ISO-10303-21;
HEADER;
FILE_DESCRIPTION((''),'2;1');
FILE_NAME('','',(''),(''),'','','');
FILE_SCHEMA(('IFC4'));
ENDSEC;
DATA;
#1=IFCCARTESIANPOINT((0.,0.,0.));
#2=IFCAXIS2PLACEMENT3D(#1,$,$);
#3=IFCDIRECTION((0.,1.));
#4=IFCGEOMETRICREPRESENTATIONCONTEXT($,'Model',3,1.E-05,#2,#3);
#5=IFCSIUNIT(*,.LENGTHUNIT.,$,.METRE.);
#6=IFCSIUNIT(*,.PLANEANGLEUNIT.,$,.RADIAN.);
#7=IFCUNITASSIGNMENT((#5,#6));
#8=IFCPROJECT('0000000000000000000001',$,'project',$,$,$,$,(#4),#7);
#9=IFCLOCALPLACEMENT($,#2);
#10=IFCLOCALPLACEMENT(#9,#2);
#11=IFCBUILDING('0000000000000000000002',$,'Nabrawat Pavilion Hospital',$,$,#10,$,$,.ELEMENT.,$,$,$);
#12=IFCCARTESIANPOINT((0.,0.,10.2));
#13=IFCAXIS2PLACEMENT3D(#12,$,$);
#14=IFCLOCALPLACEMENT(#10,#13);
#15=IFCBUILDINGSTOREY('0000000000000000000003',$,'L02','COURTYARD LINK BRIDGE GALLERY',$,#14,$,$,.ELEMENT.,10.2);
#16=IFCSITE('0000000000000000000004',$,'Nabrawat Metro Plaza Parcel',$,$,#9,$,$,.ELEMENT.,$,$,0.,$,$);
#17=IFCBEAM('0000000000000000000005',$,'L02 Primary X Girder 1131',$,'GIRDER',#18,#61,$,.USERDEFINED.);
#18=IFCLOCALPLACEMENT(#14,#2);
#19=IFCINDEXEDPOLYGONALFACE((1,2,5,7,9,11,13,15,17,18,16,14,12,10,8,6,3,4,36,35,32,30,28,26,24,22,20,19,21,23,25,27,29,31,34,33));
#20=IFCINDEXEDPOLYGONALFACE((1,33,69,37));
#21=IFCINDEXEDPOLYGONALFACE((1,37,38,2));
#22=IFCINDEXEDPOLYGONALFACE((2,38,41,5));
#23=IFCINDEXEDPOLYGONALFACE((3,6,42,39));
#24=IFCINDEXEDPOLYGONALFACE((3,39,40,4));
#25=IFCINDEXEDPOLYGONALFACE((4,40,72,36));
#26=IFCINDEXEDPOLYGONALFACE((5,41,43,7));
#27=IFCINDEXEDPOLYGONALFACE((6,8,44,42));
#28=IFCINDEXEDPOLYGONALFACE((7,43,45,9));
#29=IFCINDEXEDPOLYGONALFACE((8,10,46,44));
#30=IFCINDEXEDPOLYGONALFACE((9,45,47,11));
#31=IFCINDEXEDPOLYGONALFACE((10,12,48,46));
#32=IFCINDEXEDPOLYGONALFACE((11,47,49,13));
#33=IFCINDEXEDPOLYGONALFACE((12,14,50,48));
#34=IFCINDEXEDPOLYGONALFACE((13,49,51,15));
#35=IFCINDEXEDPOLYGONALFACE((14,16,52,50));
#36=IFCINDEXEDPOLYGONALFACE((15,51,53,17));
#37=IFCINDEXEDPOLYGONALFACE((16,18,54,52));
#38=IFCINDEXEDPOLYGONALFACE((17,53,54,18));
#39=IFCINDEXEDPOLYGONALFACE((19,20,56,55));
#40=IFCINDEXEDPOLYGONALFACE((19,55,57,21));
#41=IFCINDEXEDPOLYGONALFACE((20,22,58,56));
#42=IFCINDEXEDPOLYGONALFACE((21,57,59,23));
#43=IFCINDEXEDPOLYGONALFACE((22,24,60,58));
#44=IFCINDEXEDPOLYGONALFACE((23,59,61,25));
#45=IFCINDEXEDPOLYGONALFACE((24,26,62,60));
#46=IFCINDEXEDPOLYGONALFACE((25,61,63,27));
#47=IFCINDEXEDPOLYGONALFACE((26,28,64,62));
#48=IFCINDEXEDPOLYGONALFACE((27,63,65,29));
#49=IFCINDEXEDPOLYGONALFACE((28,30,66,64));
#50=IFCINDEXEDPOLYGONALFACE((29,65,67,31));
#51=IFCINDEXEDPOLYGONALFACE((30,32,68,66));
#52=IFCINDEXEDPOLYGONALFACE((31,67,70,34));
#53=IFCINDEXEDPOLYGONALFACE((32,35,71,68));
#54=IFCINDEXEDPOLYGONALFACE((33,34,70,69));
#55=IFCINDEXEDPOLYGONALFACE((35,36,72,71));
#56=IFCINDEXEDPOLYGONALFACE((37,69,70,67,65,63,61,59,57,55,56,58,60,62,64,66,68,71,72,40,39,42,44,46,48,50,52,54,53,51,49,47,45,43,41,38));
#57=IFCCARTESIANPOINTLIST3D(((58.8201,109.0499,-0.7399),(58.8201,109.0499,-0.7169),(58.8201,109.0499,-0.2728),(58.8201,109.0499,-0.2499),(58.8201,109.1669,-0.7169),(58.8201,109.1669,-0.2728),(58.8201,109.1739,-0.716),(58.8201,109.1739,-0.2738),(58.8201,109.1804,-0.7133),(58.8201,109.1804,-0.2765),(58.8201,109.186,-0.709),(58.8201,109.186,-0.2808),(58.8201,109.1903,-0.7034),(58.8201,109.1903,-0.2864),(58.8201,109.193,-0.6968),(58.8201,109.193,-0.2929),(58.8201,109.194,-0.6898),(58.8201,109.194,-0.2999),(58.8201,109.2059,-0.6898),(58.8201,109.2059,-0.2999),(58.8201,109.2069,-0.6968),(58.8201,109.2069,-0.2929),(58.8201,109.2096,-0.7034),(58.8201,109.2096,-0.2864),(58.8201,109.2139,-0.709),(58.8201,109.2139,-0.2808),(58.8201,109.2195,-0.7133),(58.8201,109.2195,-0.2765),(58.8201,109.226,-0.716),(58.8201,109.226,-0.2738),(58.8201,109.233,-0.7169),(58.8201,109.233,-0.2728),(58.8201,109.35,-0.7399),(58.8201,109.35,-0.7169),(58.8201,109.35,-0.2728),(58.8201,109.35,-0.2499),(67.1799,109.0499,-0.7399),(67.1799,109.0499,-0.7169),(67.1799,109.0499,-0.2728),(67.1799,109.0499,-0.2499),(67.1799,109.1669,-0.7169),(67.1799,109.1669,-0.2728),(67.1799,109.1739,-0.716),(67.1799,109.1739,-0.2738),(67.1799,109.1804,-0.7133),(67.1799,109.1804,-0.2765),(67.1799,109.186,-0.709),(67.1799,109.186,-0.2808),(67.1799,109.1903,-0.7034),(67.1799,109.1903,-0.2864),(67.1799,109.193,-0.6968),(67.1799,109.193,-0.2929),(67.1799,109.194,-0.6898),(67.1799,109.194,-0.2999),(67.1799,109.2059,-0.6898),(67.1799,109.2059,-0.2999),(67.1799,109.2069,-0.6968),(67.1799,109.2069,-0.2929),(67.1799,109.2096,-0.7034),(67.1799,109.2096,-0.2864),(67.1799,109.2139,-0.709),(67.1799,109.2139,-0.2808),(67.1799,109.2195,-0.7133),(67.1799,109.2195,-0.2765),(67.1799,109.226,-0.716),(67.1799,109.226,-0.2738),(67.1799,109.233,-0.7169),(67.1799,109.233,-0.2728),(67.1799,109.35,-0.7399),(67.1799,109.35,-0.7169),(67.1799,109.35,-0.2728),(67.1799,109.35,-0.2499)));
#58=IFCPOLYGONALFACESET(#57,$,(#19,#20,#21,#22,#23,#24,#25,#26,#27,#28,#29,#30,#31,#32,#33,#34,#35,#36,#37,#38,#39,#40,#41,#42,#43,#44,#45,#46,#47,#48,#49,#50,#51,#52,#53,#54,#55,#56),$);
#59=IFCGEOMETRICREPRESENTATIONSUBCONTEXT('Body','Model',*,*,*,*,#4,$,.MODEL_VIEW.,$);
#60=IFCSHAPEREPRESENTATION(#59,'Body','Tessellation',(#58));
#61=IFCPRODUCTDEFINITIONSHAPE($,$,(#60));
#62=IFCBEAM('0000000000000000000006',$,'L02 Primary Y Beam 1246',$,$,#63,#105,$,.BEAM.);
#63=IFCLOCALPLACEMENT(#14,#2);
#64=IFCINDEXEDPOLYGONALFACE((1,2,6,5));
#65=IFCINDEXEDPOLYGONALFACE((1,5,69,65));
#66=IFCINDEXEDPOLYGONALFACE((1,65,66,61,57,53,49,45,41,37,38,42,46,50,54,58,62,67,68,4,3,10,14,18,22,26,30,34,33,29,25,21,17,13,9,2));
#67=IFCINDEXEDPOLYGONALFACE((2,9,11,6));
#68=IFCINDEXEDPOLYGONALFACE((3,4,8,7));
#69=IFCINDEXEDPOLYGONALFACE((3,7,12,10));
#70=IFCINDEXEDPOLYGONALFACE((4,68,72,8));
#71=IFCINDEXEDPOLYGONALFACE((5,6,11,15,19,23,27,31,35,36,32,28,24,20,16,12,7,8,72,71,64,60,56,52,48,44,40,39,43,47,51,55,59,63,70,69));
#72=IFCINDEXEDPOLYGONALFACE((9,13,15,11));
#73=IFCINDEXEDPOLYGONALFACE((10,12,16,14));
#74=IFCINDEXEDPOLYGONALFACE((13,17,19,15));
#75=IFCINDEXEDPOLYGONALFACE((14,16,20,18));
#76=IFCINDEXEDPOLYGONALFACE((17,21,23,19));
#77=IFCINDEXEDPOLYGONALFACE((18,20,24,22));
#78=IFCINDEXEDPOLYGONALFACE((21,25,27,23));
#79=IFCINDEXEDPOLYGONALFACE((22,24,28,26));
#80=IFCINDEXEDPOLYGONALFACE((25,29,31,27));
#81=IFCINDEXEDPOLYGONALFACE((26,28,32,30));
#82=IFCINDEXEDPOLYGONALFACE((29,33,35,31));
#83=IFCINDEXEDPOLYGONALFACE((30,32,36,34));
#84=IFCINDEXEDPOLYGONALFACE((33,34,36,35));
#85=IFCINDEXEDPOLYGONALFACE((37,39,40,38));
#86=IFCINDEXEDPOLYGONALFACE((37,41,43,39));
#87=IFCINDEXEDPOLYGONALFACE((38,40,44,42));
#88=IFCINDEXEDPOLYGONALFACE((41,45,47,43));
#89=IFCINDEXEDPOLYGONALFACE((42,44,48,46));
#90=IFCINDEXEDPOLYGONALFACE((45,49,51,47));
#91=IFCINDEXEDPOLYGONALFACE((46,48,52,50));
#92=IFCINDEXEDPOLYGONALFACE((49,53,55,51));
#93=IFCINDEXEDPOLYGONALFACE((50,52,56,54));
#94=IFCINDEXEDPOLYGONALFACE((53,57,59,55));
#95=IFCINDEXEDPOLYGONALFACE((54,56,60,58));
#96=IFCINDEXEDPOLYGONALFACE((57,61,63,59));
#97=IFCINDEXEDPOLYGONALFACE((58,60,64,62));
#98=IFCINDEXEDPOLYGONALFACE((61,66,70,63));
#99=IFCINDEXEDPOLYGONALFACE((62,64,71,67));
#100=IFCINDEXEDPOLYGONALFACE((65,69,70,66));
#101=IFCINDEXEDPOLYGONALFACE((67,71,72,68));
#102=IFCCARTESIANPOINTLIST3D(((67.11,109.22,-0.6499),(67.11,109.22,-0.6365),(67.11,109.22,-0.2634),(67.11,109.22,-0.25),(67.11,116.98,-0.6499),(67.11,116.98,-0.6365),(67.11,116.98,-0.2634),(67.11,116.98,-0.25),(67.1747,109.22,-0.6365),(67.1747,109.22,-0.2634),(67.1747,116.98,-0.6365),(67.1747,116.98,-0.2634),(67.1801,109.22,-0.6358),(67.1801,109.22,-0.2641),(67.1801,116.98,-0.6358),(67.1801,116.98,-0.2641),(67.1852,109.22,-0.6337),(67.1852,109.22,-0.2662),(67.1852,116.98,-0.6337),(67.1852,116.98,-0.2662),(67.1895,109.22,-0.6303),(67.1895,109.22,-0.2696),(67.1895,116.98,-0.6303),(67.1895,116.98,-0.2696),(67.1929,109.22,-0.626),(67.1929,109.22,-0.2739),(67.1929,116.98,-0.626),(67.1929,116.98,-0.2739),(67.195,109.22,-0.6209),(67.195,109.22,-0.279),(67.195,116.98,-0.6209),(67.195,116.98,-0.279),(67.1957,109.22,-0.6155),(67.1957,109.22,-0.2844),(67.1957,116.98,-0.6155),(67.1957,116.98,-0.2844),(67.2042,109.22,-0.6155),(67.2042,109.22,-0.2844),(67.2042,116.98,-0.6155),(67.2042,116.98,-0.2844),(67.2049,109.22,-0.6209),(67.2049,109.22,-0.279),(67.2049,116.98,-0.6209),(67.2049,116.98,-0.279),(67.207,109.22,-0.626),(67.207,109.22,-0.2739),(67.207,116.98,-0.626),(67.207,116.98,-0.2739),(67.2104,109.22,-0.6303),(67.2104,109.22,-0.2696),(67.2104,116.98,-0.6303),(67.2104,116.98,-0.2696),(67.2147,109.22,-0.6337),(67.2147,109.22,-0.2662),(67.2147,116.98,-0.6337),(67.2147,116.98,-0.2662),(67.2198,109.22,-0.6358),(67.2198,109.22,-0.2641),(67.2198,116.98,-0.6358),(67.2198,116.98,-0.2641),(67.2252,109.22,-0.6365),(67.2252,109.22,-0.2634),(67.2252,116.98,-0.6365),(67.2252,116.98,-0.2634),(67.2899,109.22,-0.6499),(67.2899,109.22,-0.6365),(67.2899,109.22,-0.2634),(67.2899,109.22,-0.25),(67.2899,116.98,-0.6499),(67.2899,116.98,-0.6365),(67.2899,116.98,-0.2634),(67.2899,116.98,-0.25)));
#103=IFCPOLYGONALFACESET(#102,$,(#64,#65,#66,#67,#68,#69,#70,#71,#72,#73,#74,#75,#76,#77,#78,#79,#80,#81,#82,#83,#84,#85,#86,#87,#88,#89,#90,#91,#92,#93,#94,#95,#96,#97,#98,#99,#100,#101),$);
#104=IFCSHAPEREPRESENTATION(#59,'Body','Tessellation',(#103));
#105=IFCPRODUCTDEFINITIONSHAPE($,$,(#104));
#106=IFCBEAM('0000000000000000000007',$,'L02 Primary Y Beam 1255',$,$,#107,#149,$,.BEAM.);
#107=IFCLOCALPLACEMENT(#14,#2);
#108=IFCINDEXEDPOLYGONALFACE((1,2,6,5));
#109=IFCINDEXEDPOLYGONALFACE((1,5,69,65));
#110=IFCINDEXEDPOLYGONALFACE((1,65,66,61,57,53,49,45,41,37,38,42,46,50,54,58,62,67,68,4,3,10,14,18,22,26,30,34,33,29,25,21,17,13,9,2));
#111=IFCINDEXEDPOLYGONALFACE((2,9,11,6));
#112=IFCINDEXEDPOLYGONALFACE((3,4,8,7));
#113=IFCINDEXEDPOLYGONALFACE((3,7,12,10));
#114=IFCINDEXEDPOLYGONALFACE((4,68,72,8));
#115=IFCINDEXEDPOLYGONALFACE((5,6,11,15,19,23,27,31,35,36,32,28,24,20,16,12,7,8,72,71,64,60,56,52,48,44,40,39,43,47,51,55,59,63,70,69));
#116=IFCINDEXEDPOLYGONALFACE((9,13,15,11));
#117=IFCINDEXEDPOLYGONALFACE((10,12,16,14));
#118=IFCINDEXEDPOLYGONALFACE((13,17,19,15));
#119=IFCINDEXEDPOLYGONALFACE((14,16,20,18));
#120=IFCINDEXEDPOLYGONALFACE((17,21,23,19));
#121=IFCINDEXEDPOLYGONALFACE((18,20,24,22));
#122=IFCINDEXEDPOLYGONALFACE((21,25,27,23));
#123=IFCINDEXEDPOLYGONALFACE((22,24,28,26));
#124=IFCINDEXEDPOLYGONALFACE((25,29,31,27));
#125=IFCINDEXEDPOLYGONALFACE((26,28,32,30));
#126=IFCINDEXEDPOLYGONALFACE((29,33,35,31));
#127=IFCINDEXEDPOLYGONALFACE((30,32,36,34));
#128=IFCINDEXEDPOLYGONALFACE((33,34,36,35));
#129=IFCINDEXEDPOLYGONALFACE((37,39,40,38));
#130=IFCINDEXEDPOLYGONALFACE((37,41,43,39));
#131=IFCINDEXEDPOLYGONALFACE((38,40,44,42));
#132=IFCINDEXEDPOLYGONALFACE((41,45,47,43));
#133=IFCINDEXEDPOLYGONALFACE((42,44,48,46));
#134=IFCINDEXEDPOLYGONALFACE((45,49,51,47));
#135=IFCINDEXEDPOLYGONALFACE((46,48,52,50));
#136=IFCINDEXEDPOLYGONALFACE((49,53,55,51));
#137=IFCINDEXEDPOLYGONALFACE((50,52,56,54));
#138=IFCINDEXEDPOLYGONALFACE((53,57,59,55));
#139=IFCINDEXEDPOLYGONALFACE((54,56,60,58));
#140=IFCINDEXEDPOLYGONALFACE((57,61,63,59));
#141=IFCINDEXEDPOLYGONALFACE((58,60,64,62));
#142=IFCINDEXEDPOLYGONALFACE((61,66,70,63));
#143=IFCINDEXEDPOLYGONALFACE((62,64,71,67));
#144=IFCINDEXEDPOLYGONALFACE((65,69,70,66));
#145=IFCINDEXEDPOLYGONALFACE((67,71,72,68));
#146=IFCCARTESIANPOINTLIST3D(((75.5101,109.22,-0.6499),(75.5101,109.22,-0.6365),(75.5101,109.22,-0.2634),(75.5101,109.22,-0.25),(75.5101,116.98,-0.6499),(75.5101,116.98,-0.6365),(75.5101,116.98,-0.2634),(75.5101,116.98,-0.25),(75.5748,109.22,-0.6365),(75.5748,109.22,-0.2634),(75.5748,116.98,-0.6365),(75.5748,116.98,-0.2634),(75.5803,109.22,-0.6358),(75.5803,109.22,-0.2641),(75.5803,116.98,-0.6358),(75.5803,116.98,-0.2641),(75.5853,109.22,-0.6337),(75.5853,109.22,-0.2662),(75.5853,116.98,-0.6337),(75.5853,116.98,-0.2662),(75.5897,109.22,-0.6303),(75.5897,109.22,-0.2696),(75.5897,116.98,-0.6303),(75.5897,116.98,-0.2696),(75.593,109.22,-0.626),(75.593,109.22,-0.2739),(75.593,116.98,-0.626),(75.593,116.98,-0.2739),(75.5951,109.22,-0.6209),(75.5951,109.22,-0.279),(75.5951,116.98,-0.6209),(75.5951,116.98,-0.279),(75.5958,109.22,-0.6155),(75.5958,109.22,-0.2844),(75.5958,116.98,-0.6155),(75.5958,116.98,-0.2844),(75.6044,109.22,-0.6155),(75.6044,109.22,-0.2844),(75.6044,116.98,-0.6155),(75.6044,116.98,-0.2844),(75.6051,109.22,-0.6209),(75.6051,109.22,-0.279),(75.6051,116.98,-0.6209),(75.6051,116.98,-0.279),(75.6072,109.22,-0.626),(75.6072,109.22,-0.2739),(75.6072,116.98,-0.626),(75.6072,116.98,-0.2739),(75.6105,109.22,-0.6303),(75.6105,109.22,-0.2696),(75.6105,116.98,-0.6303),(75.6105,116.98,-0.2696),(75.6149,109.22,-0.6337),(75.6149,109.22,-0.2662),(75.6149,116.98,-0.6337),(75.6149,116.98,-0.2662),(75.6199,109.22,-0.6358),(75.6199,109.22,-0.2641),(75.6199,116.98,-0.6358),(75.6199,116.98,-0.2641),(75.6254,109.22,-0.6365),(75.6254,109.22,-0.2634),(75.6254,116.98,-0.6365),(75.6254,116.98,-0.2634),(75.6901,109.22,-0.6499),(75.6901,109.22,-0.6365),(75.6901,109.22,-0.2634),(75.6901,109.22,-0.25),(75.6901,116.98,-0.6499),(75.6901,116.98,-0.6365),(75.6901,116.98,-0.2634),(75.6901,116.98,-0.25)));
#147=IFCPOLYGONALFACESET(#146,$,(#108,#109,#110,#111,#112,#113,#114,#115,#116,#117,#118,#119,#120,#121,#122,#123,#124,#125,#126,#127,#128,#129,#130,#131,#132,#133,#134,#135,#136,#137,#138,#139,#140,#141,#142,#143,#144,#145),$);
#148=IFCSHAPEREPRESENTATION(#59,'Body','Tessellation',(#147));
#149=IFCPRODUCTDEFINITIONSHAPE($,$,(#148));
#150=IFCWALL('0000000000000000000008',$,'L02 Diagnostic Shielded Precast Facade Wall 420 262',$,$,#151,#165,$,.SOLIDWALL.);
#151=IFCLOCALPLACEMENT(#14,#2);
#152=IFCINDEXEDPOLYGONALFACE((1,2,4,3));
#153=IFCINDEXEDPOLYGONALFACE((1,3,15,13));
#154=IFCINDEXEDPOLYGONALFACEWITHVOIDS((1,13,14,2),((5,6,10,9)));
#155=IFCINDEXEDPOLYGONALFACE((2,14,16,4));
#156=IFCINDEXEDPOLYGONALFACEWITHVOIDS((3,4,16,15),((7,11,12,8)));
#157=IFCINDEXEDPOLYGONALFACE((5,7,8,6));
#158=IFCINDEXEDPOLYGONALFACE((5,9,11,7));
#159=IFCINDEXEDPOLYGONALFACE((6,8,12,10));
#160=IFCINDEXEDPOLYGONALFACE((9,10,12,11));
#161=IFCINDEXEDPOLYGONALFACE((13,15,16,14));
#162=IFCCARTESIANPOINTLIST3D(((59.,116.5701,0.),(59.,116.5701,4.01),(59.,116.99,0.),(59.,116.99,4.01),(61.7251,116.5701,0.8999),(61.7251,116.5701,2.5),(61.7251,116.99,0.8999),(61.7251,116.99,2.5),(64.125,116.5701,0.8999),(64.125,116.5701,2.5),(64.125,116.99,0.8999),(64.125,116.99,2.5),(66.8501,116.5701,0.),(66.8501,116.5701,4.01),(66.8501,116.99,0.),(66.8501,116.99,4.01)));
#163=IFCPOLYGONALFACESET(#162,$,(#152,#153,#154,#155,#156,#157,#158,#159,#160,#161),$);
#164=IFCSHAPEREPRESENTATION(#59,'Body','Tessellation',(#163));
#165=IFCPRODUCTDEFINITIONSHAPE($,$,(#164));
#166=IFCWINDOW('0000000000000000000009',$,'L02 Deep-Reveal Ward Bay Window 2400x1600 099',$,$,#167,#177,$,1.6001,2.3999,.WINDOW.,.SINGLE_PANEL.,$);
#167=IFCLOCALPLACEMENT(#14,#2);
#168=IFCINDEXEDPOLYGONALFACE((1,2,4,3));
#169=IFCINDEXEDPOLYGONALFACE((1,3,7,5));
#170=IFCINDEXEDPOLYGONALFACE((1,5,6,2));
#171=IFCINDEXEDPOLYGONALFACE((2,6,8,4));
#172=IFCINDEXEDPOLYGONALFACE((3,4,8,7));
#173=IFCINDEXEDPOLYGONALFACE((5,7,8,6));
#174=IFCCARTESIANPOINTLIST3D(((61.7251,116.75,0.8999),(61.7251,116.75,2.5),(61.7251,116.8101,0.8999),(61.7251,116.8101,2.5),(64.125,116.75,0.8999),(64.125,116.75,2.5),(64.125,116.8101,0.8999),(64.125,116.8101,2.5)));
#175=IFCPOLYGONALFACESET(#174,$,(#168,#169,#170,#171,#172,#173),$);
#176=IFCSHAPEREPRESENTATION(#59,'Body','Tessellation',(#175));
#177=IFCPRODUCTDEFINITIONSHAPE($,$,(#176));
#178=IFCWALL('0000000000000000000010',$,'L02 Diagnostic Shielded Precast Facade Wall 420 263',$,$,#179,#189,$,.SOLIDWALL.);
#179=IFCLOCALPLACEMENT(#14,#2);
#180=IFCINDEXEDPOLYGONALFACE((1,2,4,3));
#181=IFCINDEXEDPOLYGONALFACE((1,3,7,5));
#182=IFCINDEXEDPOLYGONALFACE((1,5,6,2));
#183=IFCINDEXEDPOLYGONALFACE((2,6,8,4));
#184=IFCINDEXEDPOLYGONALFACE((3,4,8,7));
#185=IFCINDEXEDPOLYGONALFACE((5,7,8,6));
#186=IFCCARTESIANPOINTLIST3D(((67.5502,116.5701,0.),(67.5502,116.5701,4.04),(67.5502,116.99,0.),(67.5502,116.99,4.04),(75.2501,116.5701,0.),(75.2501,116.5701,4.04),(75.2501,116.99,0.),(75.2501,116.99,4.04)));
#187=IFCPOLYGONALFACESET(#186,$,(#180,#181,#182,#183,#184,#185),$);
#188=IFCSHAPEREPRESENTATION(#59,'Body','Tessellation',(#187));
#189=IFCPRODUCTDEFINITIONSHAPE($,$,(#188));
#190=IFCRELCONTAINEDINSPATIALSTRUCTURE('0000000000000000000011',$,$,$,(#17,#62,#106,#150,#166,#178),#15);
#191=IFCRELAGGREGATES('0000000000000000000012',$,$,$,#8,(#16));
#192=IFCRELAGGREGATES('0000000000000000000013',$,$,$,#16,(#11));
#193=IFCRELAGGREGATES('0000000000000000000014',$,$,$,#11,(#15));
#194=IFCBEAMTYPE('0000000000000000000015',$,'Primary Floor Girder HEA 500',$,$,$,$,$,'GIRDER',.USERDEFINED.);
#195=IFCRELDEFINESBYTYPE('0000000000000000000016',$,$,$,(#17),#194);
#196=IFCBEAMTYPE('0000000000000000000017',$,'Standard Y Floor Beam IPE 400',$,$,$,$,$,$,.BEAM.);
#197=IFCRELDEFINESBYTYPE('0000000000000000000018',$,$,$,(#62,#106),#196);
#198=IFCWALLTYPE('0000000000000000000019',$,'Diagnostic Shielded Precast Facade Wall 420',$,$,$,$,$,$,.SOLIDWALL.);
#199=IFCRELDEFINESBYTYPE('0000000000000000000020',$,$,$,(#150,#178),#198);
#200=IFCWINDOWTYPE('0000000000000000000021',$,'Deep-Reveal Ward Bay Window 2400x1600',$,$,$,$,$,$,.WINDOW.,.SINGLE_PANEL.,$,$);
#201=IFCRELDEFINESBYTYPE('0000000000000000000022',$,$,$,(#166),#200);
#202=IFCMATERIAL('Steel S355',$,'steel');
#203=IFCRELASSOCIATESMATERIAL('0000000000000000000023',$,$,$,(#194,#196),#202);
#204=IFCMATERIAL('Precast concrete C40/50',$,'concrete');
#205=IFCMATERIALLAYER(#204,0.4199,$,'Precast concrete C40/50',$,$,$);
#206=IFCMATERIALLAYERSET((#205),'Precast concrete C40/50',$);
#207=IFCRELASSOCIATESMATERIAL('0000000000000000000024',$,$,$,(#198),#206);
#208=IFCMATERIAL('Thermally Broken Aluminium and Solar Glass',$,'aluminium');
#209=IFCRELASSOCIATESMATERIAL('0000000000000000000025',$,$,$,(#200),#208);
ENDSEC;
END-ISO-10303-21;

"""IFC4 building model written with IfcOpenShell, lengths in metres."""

from ifc_helpers import new_model, si_unit, direction, frame, frame_2d, origin, origin_2d, place, context, subcontext, project, spatial, rectangle, i_section, extrude, material, layer, layer_set, material_profile, profile_set, type_object, element, fill, save


model = new_model("IFC4")

# Units and contexts
model_context = context("Model", 3, precision=1e-05, world=origin(), true_north=direction((0.0, 1.0)))
body_context = subcontext(model_context, "Body", "Model", "MODEL_VIEW")
ifc_project = project(units=[si_unit("LENGTHUNIT", "METRE"), si_unit("PLANEANGLEUNIT", "RADIAN")], contexts=[model_context])

# Site, building, storey
site_placement = place(None, origin())
site = spatial("IfcSite", under=ifc_project, at=site_placement, Name="Nabrawat Metro Plaza Parcel", CompositionType="ELEMENT", RefElevation=0.0)
building_placement = place(site_placement, origin())
building = spatial("IfcBuilding", under=site, at=building_placement, Name="Nabrawat Pavilion Hospital", CompositionType="ELEMENT")
storey_placement = place(building_placement, frame((0.0, 0.0, 10.2)))
storey = spatial("IfcBuildingStorey", under=building, at=storey_placement, Name="L02", Description="COURTYARD LINK BRIDGE GALLERY", CompositionType="ELEMENT", Elevation=10.2)

# Shared definitions
ifc_material_1 = material(Name="Steel S355", Category="steel")

# Beams
ifc_material_profile_1 = material_profile(ifc_material_1, i_section(OverallWidth=0.3, OverallDepth=0.49, WebThickness=0.012, FlangeThickness=0.0229, FilletRadius=0.0271, at=origin_2d()), Name="HEA 500")
ifc_profile_set_1 = profile_set([ifc_material_profile_1], Name="Steel S355")
beam_type_1 = type_object("IfcBeamType", Name="Primary Floor Girder HEA 500", ElementType="GIRDER", PredefinedType="USERDEFINED", material=ifc_profile_set_1)
beam_1_placement = place(storey_placement, frame((58.8201, 109.2, -0.4949), z_axis=(1.0, 0.0, 0.0), x_axis=(0.0, 1.0, 0.0)))
element("IfcBeam", 1, at=beam_1_placement, inside=storey, type_object=beam_type_1, Name="L02 Primary X Girder 1131", ObjectType="GIRDER", PredefinedType="USERDEFINED", context=body_context, shape_type="SweptSolid", body=[
    extrude(i_section(OverallWidth=0.3, OverallDepth=0.49, WebThickness=0.012, FlangeThickness=0.0229, FilletRadius=0.0271, at=origin_2d()), origin(), (0.0, 0.0, 1.0), 8.3599),
])
ifc_material_profile_2 = material_profile(ifc_material_1, i_section(OverallWidth=0.1799, OverallDepth=0.3999, WebThickness=0.0085, FlangeThickness=0.0134, FilletRadius=0.021, at=origin_2d()), Name="IPE 400")
ifc_profile_set_2 = profile_set([ifc_material_profile_2], Name="Steel S355")
beam_type_2 = type_object("IfcBeamType", Name="Standard Y Floor Beam IPE 400", PredefinedType="BEAM", material=ifc_profile_set_2)
for number, where, z_axis, x_axis, name in (
    (2, (67.2, 109.22, -0.45), (0.0, 1.0, 0.0), (-1.0, 0.0, 0.0), "L02 Primary Y Beam 1246"),
    (3, (75.6001, 109.22, -0.45), (0.0, 1.0, 0.0), (-1.0, 0.0, 0.0), "L02 Primary Y Beam 1255"),
):
    element("IfcBeam", number, at=place(storey_placement, frame(where, z_axis=z_axis, x_axis=x_axis)), inside=storey, type_object=beam_type_2, Name=name, PredefinedType="BEAM", context=body_context, shape_type="SweptSolid", body=[
        extrude(i_section(OverallWidth=0.1799, OverallDepth=0.3999, WebThickness=0.0085, FlangeThickness=0.0134, FilletRadius=0.021, at=origin_2d()), origin(), (0.0, 0.0, 1.0), 7.76),
    ])

# Wall, opening, window
ifc_material_2 = material(Name="Precast concrete C40/50", Category="concrete")
ifc_layer = layer(ifc_material_2, 0.4199, Name="Precast concrete C40/50")
ifc_layer_set = layer_set([ifc_layer], Name="Precast concrete C40/50")
wall_type = type_object("IfcWallType", Name="Diagnostic Shielded Precast Facade Wall 420", PredefinedType="SOLIDWALL", material=ifc_layer_set)
wall_1_placement = place(storey_placement, frame((59.0, 116.78, 0.0), z_axis=(0.0, 0.0, 1.0), x_axis=(1.0, 0.0, 0.0)))
wall_1 = element("IfcWall", 4, at=wall_1_placement, inside=storey, type_object=wall_type, Name="L02 Diagnostic Shielded Precast Facade Wall 420 262", PredefinedType="SOLIDWALL", context=body_context, shape_type="SweptSolid", body=[
    extrude(rectangle(XDim=7.8501, YDim=0.4199, at=frame_2d((3.925, 0.0))), origin(), (0.0, 0.0, 1.0), 4.01),
])
opening_placement = place(wall_1_placement, frame((2.7251, 0.0, 0.8999)))
opening = element("IfcOpeningElement", 5, at=opening_placement, cuts=wall_1, PredefinedType="OPENING", context=body_context, shape_type="SweptSolid", body=[
    extrude(rectangle(XDim=2.3999, YDim=1.6001, at=frame_2d((1.2, 0.8))), frame((0.0, 0.22, 0.0), z_axis=(0.0, -1.0, 0.0), x_axis=(1.0, 0.0, 0.0)), (0.0, 0.0, 1.0), 0.4399),
])
ifc_material_3 = material(Name="Thermally Broken Aluminium and Solar Glass", Category="aluminium")
window_type = type_object("IfcWindowType", Name="Deep-Reveal Ward Bay Window 2400x1600", PartitioningType="SINGLE_PANEL", PredefinedType="WINDOW", material=ifc_material_3)
window_placement = place(opening_placement, origin())
window = element("IfcWindow", 6, at=window_placement, inside=storey, type_object=window_type, Name="L02 Deep-Reveal Ward Bay Window 2400x1600 099", OverallHeight=1.6001, OverallWidth=2.3999, PartitioningType="SINGLE_PANEL", PredefinedType="WINDOW", context=body_context, shape_type="SweptSolid", body=[
    extrude(rectangle(XDim=2.3999, YDim=1.6001, at=frame_2d((1.2, 0.8))), frame((0.0, 0.03, 0.0), z_axis=(0.0, -1.0, 0.0), x_axis=(1.0, 0.0, 0.0)), (0.0, 0.0, 1.0), 0.0601),
])
fill(opening, window)

# Wall
wall_2_placement = place(storey_placement, frame((67.55, 116.78, 0.0), z_axis=(0.0, 0.0, 1.0), x_axis=(1.0, 0.0, 0.0)))
element("IfcWall", 7, at=wall_2_placement, inside=storey, type_object=wall_type, Name="L02 Diagnostic Shielded Precast Facade Wall 420 263", PredefinedType="SOLIDWALL", context=body_context, shape_type="SweptSolid", body=[
    extrude(rectangle(XDim=7.7, YDim=0.4199, at=frame_2d((3.8501, 0.0))), origin(), (0.0, 0.0, 1.0), 4.04),
])

save(model, "model.ifc")
